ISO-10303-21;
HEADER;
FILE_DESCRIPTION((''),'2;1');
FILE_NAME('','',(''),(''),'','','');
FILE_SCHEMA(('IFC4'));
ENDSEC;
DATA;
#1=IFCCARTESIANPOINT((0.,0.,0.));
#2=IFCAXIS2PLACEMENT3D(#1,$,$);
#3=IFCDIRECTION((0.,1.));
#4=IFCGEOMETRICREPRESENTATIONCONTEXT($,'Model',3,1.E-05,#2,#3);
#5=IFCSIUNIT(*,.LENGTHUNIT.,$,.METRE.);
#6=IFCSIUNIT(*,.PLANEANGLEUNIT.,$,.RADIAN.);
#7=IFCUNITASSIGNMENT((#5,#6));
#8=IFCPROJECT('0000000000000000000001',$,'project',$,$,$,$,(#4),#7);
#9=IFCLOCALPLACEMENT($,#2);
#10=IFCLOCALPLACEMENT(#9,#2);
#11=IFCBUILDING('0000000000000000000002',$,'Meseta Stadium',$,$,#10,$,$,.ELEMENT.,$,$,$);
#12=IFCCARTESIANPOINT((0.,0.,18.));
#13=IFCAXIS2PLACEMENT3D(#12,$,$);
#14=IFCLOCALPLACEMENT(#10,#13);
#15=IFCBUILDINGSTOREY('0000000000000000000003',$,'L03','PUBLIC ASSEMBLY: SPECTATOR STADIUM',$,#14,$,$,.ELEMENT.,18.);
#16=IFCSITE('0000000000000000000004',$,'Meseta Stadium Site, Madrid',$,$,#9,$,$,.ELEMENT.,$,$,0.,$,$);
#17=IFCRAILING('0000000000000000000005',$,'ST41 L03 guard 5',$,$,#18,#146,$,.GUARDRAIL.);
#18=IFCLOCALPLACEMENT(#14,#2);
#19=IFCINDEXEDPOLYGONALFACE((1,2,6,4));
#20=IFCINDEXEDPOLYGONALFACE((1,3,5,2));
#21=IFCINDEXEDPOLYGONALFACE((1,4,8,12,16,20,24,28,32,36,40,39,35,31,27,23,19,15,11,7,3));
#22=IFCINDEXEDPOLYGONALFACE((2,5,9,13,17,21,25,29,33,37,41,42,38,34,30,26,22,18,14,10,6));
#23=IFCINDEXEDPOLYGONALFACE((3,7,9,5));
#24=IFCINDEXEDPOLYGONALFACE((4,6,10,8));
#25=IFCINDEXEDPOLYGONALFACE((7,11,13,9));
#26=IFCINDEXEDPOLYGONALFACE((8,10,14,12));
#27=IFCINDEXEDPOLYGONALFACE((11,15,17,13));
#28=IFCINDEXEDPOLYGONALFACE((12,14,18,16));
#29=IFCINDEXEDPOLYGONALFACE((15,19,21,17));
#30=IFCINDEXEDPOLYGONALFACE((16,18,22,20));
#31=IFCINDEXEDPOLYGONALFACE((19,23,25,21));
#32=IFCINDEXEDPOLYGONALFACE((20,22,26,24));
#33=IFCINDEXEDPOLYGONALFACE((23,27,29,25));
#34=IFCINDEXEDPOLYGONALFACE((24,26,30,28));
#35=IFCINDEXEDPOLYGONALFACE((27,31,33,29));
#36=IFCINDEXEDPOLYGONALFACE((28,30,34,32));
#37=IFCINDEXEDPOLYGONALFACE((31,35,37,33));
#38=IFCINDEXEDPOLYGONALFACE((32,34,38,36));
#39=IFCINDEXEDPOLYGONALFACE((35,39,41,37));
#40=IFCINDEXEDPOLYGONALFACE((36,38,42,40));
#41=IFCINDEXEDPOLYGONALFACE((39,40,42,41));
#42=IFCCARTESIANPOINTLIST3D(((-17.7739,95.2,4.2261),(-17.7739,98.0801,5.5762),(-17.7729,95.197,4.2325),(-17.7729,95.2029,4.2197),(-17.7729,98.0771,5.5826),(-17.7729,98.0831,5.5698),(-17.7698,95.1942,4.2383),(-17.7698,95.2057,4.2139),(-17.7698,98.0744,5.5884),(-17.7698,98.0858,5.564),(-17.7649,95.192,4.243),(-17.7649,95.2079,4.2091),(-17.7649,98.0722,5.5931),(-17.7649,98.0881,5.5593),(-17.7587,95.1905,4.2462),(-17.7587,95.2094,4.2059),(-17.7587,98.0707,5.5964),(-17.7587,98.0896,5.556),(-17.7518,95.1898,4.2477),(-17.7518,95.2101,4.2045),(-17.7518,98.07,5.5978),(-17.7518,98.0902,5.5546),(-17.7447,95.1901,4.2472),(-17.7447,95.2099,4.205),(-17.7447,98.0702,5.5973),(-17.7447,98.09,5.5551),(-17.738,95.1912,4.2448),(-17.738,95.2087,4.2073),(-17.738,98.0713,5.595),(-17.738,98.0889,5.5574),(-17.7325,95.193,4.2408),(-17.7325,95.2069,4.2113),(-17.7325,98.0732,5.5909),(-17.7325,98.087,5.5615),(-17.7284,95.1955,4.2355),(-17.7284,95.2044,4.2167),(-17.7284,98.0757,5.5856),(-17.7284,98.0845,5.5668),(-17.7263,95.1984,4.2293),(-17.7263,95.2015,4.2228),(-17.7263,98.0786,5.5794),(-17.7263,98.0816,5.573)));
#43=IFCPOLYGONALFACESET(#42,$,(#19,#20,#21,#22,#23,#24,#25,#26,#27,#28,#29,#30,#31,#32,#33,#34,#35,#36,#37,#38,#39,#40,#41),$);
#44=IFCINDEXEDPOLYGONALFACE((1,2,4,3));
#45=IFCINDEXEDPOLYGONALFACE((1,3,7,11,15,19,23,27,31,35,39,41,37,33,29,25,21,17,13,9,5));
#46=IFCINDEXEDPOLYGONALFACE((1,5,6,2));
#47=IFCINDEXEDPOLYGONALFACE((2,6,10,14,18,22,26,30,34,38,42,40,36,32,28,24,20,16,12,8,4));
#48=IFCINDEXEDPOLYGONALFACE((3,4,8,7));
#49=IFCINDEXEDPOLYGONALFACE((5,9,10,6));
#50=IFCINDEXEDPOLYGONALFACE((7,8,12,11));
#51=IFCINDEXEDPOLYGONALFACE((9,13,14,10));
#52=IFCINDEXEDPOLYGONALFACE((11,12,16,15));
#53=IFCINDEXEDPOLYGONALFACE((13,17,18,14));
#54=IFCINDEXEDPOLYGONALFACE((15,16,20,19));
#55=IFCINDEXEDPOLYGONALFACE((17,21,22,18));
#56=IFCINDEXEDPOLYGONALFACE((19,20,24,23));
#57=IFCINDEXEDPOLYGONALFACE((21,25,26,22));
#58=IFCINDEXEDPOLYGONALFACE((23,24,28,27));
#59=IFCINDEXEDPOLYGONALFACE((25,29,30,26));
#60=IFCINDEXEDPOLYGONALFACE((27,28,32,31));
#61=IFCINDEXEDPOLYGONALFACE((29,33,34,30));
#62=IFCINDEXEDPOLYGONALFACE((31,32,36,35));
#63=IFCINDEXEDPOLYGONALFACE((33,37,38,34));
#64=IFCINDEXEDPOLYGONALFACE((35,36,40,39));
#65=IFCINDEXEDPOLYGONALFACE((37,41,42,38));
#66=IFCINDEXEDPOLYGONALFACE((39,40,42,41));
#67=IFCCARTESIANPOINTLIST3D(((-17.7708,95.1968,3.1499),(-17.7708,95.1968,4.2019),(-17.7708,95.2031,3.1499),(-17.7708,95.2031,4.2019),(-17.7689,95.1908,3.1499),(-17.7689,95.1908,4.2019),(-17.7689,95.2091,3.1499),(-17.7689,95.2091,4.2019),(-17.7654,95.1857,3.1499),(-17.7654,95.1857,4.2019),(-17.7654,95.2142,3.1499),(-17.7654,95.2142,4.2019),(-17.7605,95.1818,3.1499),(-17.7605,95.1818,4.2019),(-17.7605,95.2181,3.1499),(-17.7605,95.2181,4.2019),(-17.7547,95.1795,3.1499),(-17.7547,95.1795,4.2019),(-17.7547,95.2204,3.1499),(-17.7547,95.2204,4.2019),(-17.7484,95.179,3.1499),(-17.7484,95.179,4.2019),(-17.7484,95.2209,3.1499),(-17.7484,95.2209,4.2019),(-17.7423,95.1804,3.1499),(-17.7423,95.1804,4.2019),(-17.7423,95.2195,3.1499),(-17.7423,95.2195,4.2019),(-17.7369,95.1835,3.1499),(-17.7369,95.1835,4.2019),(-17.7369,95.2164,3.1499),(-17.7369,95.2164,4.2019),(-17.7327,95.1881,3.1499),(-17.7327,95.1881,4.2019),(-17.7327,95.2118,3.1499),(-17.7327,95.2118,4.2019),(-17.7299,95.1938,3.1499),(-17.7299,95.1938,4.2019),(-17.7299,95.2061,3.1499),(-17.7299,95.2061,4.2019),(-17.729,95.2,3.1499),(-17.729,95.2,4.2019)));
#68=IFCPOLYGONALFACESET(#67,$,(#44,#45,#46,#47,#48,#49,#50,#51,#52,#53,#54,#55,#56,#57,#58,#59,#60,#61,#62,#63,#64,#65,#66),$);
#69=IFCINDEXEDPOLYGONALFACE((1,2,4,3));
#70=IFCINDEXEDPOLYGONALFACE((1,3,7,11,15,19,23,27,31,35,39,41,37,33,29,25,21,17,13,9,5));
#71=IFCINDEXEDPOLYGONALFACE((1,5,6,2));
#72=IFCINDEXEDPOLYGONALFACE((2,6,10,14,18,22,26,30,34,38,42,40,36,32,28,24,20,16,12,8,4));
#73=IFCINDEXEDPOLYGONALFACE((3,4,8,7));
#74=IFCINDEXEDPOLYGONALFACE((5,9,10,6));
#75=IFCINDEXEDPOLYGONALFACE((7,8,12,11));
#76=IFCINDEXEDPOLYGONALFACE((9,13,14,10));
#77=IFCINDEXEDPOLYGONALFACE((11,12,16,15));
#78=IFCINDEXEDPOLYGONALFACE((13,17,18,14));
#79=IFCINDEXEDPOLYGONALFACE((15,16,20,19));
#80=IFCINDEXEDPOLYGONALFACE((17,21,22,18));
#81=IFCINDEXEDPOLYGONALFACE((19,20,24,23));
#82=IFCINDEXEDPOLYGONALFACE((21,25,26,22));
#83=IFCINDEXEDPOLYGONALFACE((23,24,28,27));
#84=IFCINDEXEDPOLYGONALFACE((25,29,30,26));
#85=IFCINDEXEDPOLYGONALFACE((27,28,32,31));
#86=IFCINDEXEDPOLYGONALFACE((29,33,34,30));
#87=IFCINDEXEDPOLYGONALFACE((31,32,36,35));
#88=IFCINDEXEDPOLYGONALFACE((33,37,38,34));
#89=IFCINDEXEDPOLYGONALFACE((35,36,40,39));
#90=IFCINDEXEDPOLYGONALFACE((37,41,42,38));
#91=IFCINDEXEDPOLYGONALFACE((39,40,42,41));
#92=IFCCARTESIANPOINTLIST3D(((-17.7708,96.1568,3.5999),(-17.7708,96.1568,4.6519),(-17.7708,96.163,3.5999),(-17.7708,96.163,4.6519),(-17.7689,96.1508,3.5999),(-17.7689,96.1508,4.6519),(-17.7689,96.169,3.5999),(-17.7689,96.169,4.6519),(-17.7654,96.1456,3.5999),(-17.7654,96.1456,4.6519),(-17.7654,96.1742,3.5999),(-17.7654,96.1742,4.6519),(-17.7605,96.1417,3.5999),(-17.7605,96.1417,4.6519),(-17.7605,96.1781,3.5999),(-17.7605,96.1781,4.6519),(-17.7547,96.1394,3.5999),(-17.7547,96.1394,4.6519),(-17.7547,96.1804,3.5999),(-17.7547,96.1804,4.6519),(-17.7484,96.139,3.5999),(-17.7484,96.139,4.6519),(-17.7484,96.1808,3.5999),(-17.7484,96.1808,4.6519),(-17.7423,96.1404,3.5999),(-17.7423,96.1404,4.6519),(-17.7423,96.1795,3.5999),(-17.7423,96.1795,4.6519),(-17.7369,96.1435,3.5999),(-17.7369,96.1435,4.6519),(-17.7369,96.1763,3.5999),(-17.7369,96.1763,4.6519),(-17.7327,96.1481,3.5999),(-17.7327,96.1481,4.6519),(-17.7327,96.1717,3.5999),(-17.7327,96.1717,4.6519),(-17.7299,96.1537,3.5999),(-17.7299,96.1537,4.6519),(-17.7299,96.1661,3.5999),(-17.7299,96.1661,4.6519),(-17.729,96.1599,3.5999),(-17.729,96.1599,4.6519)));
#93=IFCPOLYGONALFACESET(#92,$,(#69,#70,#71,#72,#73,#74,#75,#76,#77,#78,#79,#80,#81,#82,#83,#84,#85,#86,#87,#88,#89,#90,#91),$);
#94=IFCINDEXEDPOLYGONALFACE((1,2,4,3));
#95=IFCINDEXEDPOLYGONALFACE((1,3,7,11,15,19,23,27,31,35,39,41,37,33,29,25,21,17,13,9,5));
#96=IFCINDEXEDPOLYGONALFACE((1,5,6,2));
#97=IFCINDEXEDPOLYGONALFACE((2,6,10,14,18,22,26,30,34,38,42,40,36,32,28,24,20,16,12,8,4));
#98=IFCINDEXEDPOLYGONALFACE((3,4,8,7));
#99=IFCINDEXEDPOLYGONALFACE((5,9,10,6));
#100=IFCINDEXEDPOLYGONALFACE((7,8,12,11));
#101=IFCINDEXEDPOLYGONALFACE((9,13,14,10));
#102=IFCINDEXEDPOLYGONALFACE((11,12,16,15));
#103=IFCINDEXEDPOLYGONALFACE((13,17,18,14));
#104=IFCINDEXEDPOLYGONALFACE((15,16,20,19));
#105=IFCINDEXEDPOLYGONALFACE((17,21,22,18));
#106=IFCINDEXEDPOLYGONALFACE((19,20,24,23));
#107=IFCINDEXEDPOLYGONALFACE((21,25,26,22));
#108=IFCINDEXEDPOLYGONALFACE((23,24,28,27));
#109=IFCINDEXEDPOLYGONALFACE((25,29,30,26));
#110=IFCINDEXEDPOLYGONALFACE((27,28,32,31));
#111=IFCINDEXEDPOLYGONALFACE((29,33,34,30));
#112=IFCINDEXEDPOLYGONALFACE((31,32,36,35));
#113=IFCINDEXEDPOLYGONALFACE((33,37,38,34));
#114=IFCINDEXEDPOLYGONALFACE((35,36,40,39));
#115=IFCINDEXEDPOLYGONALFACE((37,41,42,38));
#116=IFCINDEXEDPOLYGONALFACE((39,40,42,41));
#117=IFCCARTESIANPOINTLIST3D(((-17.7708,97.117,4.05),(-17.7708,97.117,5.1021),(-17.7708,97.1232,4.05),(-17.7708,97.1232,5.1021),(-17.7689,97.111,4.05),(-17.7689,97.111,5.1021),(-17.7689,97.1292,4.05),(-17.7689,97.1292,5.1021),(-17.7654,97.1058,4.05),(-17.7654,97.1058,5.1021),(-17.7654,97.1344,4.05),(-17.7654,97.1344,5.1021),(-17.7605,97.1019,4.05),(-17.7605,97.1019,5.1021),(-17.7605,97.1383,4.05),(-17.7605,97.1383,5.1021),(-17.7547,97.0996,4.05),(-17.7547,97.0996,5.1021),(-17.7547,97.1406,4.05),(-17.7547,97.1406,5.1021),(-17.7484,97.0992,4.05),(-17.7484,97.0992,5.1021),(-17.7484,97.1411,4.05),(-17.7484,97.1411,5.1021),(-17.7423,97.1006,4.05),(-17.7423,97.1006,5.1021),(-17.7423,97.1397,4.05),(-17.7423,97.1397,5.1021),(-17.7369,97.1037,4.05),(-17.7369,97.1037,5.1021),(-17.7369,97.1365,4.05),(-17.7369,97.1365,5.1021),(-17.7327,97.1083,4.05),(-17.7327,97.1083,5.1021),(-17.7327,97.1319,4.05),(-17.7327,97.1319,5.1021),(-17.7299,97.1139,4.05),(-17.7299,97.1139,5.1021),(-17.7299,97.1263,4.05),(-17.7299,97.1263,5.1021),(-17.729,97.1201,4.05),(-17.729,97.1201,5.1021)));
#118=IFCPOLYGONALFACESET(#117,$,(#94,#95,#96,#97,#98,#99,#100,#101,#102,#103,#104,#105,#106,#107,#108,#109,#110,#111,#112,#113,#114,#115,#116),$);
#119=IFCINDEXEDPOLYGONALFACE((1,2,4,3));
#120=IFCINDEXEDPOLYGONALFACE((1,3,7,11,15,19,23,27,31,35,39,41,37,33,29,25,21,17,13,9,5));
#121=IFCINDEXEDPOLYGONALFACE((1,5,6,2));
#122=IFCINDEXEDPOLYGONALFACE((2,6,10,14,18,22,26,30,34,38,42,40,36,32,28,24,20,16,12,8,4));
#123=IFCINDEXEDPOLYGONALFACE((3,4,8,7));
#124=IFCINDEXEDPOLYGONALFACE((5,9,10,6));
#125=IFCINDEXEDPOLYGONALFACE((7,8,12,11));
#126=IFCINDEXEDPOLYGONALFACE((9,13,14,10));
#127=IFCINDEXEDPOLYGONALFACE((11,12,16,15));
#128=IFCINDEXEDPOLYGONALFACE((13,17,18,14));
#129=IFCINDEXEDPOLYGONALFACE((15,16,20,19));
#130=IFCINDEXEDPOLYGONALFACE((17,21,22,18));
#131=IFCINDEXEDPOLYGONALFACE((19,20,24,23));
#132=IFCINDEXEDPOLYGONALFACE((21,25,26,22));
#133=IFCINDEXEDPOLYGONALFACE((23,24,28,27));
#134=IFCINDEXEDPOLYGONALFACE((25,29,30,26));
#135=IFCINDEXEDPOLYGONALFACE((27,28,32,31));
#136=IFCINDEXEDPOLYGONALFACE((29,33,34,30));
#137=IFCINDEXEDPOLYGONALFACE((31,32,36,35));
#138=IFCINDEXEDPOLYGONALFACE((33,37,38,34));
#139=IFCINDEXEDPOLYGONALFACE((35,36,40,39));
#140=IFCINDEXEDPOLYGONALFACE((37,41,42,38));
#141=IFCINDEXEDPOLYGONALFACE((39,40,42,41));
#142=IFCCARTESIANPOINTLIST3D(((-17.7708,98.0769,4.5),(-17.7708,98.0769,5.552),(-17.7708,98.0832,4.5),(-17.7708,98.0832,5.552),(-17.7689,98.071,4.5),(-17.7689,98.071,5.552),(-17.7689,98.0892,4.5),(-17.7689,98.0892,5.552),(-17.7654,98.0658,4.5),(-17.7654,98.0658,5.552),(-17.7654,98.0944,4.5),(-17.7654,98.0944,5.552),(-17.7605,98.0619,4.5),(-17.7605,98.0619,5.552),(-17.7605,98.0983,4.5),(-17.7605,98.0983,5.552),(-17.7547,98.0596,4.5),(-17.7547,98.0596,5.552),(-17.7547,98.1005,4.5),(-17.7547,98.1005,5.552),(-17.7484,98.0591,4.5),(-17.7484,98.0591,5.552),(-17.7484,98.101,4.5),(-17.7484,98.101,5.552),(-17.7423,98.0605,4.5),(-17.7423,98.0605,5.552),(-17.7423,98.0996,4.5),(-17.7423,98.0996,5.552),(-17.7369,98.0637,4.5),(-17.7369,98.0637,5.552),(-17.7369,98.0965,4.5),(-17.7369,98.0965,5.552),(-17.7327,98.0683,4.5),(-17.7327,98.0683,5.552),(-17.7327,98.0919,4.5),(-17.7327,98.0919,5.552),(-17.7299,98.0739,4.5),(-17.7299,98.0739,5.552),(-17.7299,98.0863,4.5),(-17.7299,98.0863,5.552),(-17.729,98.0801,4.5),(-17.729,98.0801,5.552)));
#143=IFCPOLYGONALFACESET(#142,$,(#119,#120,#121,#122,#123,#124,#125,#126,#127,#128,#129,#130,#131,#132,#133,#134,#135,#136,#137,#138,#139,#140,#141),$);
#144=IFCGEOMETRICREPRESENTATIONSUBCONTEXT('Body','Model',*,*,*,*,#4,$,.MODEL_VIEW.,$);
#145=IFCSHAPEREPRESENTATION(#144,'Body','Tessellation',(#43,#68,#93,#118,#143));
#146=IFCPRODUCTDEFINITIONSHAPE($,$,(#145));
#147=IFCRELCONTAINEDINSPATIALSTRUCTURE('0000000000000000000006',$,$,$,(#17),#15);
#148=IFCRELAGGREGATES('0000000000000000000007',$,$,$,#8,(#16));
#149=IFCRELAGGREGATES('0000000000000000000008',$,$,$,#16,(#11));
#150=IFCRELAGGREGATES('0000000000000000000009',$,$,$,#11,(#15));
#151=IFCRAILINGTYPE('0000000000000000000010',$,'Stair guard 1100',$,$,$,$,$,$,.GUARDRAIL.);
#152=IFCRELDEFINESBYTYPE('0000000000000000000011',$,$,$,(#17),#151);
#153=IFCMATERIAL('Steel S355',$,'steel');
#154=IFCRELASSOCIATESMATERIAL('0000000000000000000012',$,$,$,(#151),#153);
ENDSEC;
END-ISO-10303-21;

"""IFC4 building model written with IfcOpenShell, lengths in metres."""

from ifc_helpers import new_model, si_unit, direction, frame, origin, origin_2d, place, context, subcontext, project, spatial, circle, extrude, material, type_object, element, save


model = new_model("IFC4")

# Units and contexts
model_context = context("Model", 3, precision=1e-05, world=origin(), true_north=direction((0.0, 1.0)))
body_context = subcontext(model_context, "Body", "Model", "MODEL_VIEW")
ifc_project = project(units=[si_unit("LENGTHUNIT", "METRE"), si_unit("PLANEANGLEUNIT", "RADIAN")], contexts=[model_context])

# Site, building, storey
site_placement = place(None, origin())
site = spatial("IfcSite", under=ifc_project, at=site_placement, Name="Meseta Stadium Site, Madrid", CompositionType="ELEMENT", RefElevation=0.0)
building_placement = place(site_placement, origin())
building = spatial("IfcBuilding", under=site, at=building_placement, Name="Meseta Stadium", CompositionType="ELEMENT")
storey_placement = place(building_placement, frame((0.0, 0.0, 18.0)))
storey = spatial("IfcBuildingStorey", under=building, at=storey_placement, Name="L03", Description="PUBLIC ASSEMBLY: SPECTATOR STADIUM", CompositionType="ELEMENT", Elevation=18.0)

# Railing
ifc_material_1 = material(Name="Steel S355", Category="steel")
railing_type_1 = type_object("IfcRailingType", Name="Stair guard 1100", PredefinedType="GUARDRAIL", material=ifc_material_1)
for number, where, name in (
    (1, (-17.75, 95.2, 3.1499), "ST41 L03 guard 5"),
):
    element("IfcRailing", number, at=place(storey_placement, frame(where)), inside=storey, type_object=railing_type_1, Name=name, PredefinedType="GUARDRAIL", context=body_context, shape_type="SweptSolid", body=[
        extrude(circle(Radius=0.0239, at=origin_2d()), frame((0.0, 0.0, 1.0762), z_axis=(0.0, 0.905454, 0.424444), x_axis=(-1.0, 0.0, 0.0)), (0.0, 0.0, 1.0), 3.1809),
        extrude(circle(Radius=0.021, at=origin_2d()), origin(), (0.0, 0.0, 1.0), 1.052),
        extrude(circle(Radius=0.021, at=origin_2d()), frame((0.0, 0.96, 0.45)), (0.0, 0.0, 1.0), 1.052),
        extrude(circle(Radius=0.021, at=origin_2d()), frame((0.0, 1.9202, 0.9001)), (0.0, 0.0, 1.0), 1.052),
        extrude(circle(Radius=0.021, at=origin_2d()), frame((0.0, 2.8801, 1.3501)), (0.0, 0.0, 1.0), 1.052),
    ])

save(model, "model.ifc")
